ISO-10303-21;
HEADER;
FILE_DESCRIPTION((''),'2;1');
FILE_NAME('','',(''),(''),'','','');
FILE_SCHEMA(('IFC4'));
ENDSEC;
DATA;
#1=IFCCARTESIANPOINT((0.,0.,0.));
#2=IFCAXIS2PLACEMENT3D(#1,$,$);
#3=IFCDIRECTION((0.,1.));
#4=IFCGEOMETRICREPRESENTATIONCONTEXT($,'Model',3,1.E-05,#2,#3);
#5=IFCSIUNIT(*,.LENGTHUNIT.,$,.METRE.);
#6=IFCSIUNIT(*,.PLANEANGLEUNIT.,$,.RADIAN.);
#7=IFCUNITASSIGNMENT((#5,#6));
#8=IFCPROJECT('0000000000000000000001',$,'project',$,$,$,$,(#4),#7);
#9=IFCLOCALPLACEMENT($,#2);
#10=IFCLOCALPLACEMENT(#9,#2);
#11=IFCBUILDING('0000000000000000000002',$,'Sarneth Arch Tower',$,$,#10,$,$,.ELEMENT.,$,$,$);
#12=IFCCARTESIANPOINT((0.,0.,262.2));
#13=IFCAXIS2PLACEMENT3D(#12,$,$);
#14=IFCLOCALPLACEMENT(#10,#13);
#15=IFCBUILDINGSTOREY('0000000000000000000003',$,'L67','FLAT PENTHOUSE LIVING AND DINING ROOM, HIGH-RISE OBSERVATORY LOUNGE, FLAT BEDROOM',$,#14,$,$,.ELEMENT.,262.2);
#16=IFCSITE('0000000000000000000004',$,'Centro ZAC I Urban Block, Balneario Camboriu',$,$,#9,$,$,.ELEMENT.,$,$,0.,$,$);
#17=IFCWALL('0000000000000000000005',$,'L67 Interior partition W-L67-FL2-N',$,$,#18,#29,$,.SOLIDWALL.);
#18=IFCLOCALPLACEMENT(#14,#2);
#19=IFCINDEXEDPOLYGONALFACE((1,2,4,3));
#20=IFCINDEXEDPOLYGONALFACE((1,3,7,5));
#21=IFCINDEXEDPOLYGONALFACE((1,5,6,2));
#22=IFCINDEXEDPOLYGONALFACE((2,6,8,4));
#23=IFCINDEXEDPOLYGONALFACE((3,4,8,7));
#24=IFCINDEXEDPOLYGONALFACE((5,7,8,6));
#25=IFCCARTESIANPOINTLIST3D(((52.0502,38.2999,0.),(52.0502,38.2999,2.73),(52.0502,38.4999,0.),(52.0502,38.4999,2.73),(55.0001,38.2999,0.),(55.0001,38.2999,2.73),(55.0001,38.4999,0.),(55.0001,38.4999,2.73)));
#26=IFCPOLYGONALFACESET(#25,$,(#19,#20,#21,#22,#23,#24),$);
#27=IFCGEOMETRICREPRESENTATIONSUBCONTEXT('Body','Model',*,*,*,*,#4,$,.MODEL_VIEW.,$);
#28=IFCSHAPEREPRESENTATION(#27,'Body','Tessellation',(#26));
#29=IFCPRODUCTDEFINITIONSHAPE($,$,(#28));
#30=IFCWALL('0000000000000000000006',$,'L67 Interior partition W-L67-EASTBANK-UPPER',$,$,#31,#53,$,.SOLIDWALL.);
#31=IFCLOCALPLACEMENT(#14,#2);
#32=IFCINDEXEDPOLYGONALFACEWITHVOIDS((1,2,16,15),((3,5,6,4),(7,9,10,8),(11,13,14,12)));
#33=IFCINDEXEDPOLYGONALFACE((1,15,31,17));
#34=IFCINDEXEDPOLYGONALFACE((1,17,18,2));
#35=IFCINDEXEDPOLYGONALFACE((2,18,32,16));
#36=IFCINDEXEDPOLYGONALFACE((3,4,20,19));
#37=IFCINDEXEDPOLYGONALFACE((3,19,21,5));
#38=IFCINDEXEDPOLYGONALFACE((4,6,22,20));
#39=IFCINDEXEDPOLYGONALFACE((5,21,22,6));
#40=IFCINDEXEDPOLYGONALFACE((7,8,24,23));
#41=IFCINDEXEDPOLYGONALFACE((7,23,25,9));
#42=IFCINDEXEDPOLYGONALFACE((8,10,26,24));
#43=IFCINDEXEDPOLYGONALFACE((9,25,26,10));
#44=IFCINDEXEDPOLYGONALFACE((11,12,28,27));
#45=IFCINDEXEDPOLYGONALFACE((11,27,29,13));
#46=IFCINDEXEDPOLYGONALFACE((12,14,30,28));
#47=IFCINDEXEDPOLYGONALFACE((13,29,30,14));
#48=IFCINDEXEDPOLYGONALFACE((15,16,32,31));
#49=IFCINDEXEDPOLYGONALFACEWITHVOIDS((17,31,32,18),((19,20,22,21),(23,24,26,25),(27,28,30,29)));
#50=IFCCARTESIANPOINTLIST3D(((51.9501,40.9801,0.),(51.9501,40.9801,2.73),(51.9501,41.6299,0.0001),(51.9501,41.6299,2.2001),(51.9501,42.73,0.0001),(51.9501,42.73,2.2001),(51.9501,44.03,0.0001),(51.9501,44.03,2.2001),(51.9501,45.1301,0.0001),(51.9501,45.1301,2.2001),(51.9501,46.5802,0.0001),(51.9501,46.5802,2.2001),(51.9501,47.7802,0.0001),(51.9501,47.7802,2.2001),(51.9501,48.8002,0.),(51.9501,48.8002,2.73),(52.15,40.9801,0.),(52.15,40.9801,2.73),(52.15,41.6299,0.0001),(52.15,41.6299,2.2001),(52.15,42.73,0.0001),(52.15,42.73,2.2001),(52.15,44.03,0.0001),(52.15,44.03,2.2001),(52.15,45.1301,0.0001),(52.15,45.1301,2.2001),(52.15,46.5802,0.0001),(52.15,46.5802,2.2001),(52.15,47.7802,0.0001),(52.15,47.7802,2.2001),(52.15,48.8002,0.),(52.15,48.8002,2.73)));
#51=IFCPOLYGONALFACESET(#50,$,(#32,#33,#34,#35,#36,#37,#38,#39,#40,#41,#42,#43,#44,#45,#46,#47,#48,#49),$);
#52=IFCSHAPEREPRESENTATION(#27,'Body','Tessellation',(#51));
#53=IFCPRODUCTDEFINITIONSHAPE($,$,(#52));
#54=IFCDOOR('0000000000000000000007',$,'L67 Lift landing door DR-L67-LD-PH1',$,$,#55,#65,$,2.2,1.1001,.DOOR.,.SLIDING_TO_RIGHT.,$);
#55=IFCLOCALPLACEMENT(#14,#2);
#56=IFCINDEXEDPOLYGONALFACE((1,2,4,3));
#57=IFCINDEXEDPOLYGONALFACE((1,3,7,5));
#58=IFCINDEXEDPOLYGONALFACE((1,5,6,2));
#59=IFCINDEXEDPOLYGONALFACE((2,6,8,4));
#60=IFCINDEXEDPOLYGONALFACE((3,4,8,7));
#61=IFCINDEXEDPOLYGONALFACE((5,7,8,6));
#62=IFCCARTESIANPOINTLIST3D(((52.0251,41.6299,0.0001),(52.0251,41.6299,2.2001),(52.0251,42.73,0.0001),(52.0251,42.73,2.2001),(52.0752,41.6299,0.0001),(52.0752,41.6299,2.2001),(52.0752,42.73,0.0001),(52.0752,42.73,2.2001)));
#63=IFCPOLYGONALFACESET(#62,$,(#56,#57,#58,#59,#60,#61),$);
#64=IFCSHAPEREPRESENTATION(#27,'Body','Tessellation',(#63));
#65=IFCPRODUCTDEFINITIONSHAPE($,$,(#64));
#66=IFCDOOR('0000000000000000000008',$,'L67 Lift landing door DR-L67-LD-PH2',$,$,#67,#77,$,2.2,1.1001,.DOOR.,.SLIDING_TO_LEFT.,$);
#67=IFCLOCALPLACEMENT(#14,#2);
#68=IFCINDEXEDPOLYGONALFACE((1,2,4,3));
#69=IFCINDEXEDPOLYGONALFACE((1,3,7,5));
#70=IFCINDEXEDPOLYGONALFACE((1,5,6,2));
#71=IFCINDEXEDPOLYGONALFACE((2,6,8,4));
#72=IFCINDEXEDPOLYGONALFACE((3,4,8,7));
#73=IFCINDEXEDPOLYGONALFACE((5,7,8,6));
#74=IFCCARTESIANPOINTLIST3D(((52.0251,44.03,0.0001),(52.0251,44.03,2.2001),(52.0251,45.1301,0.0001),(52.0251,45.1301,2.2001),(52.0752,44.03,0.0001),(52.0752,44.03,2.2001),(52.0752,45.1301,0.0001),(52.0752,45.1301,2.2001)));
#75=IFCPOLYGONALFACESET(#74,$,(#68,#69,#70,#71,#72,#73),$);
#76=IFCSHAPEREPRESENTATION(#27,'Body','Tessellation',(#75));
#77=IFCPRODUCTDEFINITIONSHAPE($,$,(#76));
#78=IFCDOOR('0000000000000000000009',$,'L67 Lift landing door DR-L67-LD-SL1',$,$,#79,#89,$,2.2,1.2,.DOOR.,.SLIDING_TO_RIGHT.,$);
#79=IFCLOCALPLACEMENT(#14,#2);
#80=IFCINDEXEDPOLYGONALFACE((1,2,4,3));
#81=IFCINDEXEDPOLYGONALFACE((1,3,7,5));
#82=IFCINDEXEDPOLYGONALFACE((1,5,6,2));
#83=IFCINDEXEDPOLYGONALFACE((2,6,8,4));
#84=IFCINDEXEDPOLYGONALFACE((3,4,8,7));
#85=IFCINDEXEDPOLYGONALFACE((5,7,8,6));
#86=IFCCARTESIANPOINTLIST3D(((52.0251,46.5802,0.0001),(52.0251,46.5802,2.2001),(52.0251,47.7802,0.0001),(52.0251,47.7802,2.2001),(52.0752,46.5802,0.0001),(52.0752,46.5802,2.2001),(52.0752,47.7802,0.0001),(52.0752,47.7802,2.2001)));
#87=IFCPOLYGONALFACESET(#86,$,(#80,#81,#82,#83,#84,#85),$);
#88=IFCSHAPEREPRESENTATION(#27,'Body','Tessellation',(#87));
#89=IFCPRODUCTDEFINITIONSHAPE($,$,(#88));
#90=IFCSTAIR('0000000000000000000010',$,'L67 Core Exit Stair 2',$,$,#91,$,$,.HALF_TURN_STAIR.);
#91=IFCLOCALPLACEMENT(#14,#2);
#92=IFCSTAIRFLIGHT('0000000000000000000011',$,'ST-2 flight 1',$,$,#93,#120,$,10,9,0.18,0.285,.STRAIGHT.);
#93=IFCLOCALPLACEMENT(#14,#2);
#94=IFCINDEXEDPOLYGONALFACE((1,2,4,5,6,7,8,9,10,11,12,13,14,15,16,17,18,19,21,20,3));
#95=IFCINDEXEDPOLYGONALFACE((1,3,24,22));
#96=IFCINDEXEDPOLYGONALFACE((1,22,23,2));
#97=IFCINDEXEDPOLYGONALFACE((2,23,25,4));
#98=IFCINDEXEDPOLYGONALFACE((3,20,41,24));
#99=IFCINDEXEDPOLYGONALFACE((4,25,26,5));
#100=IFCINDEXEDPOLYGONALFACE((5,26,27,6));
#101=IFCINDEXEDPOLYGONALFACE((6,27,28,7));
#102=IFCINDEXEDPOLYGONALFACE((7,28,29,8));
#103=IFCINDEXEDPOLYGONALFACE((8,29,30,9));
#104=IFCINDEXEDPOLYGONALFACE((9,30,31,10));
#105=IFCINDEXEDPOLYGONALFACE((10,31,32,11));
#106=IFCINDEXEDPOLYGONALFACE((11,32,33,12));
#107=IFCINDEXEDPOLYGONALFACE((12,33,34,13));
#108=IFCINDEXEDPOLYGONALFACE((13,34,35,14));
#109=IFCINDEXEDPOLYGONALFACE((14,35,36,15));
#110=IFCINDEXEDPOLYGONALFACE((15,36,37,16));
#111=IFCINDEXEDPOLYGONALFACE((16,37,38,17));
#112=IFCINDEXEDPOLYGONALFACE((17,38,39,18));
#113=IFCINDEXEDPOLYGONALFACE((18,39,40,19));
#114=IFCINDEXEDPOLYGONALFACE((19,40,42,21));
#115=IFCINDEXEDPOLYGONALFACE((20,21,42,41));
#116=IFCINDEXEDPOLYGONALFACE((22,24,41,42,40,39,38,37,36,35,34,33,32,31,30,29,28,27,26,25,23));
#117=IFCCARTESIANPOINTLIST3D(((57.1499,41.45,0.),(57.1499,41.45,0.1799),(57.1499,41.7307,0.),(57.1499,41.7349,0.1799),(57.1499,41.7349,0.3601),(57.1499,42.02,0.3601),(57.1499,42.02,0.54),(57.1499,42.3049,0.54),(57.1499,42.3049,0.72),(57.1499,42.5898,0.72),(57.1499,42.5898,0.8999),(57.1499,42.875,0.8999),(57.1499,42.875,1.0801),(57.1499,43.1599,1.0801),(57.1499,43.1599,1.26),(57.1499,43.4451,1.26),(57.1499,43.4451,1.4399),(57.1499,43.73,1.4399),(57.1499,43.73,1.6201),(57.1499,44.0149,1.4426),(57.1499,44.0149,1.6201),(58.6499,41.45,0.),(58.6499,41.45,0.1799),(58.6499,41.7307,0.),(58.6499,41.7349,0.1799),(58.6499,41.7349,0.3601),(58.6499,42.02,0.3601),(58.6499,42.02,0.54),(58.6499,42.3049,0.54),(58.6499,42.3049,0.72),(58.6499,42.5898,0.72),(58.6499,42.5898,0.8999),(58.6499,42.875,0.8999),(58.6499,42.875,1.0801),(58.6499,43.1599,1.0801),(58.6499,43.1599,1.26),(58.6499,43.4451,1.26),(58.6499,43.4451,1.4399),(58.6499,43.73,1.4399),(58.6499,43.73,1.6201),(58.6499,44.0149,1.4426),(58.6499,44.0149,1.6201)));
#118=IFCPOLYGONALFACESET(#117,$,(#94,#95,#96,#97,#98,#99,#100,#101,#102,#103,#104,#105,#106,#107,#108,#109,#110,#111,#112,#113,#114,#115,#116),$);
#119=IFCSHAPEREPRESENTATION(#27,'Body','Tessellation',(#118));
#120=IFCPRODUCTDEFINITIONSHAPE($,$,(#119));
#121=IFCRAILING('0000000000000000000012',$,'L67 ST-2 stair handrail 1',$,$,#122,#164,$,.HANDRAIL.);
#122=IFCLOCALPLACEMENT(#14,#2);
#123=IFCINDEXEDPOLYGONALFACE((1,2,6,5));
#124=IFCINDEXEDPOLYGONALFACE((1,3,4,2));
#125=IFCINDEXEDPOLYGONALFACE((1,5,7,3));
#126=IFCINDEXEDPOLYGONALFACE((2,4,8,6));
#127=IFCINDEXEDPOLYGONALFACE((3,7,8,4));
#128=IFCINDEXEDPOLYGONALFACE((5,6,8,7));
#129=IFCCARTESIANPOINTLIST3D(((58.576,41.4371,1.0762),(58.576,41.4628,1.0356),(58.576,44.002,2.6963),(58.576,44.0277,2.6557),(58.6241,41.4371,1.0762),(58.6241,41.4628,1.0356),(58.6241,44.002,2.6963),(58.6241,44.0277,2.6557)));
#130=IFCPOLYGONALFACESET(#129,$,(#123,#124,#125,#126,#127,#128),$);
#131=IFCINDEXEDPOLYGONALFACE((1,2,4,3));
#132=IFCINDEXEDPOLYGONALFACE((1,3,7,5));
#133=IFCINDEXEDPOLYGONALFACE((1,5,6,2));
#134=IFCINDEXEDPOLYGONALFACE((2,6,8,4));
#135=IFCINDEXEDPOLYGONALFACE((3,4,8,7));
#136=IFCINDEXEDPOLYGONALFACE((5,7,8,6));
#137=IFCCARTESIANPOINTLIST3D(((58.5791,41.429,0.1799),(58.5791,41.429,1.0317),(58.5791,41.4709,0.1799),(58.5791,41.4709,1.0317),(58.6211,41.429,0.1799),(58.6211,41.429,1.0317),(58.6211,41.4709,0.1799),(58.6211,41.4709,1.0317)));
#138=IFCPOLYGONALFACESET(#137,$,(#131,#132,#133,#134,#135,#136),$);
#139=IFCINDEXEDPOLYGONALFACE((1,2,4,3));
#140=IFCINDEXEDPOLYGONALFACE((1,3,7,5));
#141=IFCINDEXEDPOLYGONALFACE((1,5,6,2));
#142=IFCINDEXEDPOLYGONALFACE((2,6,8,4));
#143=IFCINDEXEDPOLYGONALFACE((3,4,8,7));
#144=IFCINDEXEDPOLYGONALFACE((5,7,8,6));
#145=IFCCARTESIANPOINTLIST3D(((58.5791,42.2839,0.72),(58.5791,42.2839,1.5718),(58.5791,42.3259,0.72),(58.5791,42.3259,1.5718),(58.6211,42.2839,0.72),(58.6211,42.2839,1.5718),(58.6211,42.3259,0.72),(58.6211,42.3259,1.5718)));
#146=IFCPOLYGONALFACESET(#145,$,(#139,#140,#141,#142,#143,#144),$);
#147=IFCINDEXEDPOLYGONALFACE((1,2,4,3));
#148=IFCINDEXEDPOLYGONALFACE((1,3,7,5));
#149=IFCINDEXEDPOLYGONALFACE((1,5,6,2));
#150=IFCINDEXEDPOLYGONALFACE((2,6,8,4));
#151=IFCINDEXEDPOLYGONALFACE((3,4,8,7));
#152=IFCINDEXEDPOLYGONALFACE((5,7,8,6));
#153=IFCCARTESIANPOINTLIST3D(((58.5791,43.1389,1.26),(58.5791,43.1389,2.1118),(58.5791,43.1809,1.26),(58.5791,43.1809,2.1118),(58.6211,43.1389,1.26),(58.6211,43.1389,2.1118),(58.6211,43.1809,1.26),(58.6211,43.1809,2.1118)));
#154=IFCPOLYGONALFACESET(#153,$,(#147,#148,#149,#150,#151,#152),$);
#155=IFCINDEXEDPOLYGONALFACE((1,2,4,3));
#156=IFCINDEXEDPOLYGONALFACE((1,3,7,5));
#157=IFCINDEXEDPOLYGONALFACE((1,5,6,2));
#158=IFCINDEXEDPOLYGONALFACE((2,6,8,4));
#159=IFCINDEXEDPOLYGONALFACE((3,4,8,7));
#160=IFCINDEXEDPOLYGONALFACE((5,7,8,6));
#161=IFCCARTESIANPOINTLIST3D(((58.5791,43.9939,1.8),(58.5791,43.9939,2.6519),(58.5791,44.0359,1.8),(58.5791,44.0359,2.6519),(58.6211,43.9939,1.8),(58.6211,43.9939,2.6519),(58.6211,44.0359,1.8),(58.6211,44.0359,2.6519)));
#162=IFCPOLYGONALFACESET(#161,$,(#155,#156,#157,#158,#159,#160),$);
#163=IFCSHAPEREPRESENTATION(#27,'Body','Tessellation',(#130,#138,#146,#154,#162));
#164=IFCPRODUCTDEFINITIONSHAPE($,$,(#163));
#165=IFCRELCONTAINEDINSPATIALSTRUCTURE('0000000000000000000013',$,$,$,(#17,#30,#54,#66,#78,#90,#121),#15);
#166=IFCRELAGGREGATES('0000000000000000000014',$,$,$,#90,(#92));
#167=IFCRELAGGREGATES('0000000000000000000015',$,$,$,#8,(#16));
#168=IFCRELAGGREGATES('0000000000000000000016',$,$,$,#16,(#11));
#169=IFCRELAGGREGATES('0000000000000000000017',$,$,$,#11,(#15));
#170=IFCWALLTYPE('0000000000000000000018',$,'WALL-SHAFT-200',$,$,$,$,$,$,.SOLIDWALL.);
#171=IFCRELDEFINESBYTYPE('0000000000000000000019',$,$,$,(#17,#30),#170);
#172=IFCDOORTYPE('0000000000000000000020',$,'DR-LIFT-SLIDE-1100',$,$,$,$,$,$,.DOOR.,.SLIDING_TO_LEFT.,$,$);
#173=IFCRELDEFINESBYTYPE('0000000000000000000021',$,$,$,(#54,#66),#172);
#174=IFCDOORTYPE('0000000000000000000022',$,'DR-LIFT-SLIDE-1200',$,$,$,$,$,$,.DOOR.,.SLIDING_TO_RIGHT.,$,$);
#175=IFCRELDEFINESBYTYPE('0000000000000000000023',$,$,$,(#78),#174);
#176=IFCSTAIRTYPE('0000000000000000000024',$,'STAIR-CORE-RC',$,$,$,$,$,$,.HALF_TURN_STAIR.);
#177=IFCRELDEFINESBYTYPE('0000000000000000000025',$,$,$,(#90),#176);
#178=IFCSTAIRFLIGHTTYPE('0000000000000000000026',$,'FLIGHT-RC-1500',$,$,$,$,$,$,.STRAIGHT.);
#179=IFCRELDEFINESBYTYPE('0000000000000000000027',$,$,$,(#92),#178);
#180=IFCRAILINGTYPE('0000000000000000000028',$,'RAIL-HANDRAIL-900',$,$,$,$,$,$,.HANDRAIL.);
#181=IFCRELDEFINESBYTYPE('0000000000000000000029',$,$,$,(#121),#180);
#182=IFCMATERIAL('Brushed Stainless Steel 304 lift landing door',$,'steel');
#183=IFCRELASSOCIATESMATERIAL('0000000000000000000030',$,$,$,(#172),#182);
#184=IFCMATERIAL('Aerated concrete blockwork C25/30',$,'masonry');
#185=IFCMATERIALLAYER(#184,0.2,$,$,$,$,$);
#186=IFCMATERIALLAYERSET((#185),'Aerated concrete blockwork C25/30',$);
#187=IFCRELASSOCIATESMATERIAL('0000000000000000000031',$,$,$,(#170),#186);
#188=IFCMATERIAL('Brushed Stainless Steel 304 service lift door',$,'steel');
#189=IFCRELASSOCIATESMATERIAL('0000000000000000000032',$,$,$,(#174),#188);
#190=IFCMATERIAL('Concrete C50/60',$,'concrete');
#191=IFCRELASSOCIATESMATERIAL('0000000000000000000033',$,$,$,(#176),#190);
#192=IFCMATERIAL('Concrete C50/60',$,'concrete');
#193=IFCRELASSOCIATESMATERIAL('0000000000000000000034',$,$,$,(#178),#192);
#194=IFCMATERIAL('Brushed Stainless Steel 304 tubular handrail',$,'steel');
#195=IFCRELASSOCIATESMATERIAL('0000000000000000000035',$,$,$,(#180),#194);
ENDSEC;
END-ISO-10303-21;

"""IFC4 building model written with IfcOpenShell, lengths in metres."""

from ifc_helpers import new_model, si_unit, direction, frame, frame_2d, origin, origin_2d, place, context, subcontext, project, spatial, polyline, rectangle, outline, extrude, material, layer, layer_set, type_object, element, fill, aggregate, save


model = new_model("IFC4")

# Units and contexts
model_context = context("Model", 3, precision=1e-05, world=origin(), true_north=direction((0.0, 1.0)))
body_context = subcontext(model_context, "Body", "Model", "MODEL_VIEW")
ifc_project = project(units=[si_unit("LENGTHUNIT", "METRE"), si_unit("PLANEANGLEUNIT", "RADIAN")], contexts=[model_context])

# Site, building, storey
site_placement = place(None, origin())
site = spatial("IfcSite", under=ifc_project, at=site_placement, Name="Centro ZAC I Urban Block, Balneario Camboriu", CompositionType="ELEMENT", RefElevation=0.0)
building_placement = place(site_placement, origin())
building = spatial("IfcBuilding", under=site, at=building_placement, Name="Sarneth Arch Tower", CompositionType="ELEMENT")
storey_placement = place(building_placement, frame((0.0, 0.0, 262.2)))
storey = spatial("IfcBuildingStorey", under=building, at=storey_placement, Name="L67", Description="FLAT PENTHOUSE LIVING AND DINING ROOM, HIGH-RISE OBSERVATORY LOUNGE, FLAT BEDROOM", CompositionType="ELEMENT", Elevation=262.2)

# Shared definitions
ifc_material_1 = material(Name="Brushed Stainless Steel 304 lift landing door", Category="steel")
door_type_1 = type_object("IfcDoorType", Name="DR-LIFT-SLIDE-1100", OperationType="SLIDING_TO_LEFT", PredefinedType="DOOR", material=ifc_material_1)

# Shared definitions
ifc_material_2 = material(Name="Aerated concrete blockwork C25/30", Category="masonry")
ifc_layer_1 = layer(ifc_material_2, 0.2)
ifc_layer_set_1 = layer_set([ifc_layer_1], Name="Aerated concrete blockwork C25/30")
wall_type_1 = type_object("IfcWallType", Name="WALL-SHAFT-200", PredefinedType="SOLIDWALL", material=ifc_layer_set_1)

# Wall
wall_1_placement = place(storey_placement, frame((52.05, 38.3999, 0.0), z_axis=(0.0, 0.0, 1.0), x_axis=(1.0, 0.0, 0.0)))
element("IfcWall", 1, at=wall_1_placement, inside=storey, type_object=wall_type_1, Name="L67 Interior partition W-L67-FL2-N", PredefinedType="SOLIDWALL", context=body_context, shape_type="SweptSolid", body=[
    extrude(rectangle(XDim=2.95, YDim=0.2, at=frame_2d((1.4751, 0.0))), origin(), (0.0, 0.0, 1.0), 2.73),
])

# Wall, openings, doors
wall_2_placement = place(storey_placement, frame((52.05, 40.98, 0.0), z_axis=(0.0, 0.0, 1.0), x_axis=(0.0, 1.0, 0.0)))
wall_2 = element("IfcWall", 2, at=wall_2_placement, inside=storey, type_object=wall_type_1, Name="L67 Interior partition W-L67-EASTBANK-UPPER", PredefinedType="SOLIDWALL", context=body_context, shape_type="SweptSolid", body=[
    extrude(rectangle(XDim=7.8201, YDim=0.2, at=frame_2d((3.9102, 0.0))), origin(), (0.0, 0.0, 1.0), 2.73),
])
opening_1_placement = place(wall_2_placement, frame((0.6499, 0.0, 0.0)))
opening_1 = element("IfcOpeningElement", 3, at=opening_1_placement, cuts=wall_2, PredefinedType="OPENING", context=body_context, shape_type="SweptSolid", body=[
    extrude(rectangle(XDim=1.1001, YDim=2.2, at=frame_2d((0.55, 1.1001))), frame((0.0, 0.1099, 0.0), z_axis=(0.0, -1.0, 0.0), x_axis=(1.0, 0.0, 0.0)), (0.0, 0.0, 1.0), 0.22),
])
opening_2_placement = place(wall_2_placement, frame((3.05, 0.0, 0.0)))
opening_2 = element("IfcOpeningElement", 4, at=opening_2_placement, cuts=wall_2, PredefinedType="OPENING", context=body_context, shape_type="SweptSolid", body=[
    extrude(rectangle(XDim=1.1001, YDim=2.2, at=frame_2d((0.55, 1.1001))), frame((0.0, 0.1099, 0.0), z_axis=(0.0, -1.0, 0.0), x_axis=(1.0, 0.0, 0.0)), (0.0, 0.0, 1.0), 0.22),
])
opening_3_placement = place(wall_2_placement, frame((5.6001, 0.0, 0.0)))
opening_3 = element("IfcOpeningElement", 5, at=opening_3_placement, cuts=wall_2, PredefinedType="OPENING", context=body_context, shape_type="SweptSolid", body=[
    extrude(rectangle(XDim=1.2, YDim=2.2, at=frame_2d((0.6001, 1.1001))), frame((0.0, 0.1099, 0.0), z_axis=(0.0, -1.0, 0.0), x_axis=(1.0, 0.0, 0.0)), (0.0, 0.0, 1.0), 0.22),
])
door_1_placement = place(opening_1_placement, origin())
door_1 = element("IfcDoor", 6, at=door_1_placement, inside=storey, type_object=door_type_1, Name="L67 Lift landing door DR-L67-LD-PH1", OperationType="SLIDING_TO_RIGHT", OverallHeight=2.2, OverallWidth=1.1001, PredefinedType="DOOR", context=body_context, shape_type="SweptSolid", body=[
    extrude(rectangle(XDim=1.1001, YDim=2.2, at=frame_2d((0.55, 1.1001))), frame((0.0, 0.0249, 0.0), z_axis=(0.0, -1.0, 0.0), x_axis=(1.0, 0.0, 0.0)), (0.0, 0.0, 1.0), 0.05),
])
fill(opening_1, door_1)
door_2_placement = place(opening_2_placement, origin())
door_2 = element("IfcDoor", 7, at=door_2_placement, inside=storey, type_object=door_type_1, Name="L67 Lift landing door DR-L67-LD-PH2", OperationType="SLIDING_TO_LEFT", OverallHeight=2.2, OverallWidth=1.1001, PredefinedType="DOOR", context=body_context, shape_type="SweptSolid", body=[
    extrude(rectangle(XDim=1.1001, YDim=2.2, at=frame_2d((0.55, 1.1001))), frame((0.0, 0.0249, 0.0), z_axis=(0.0, -1.0, 0.0), x_axis=(1.0, 0.0, 0.0)), (0.0, 0.0, 1.0), 0.05),
])
fill(opening_2, door_2)
ifc_material_3 = material(Name="Brushed Stainless Steel 304 service lift door", Category="steel")
door_type_2 = type_object("IfcDoorType", Name="DR-LIFT-SLIDE-1200", OperationType="SLIDING_TO_RIGHT", PredefinedType="DOOR", material=ifc_material_3)
door_3_placement = place(opening_3_placement, origin())
door_3 = element("IfcDoor", 8, at=door_3_placement, inside=storey, type_object=door_type_2, Name="L67 Lift landing door DR-L67-LD-SL1", OperationType="SLIDING_TO_RIGHT", OverallHeight=2.2, OverallWidth=1.2, PredefinedType="DOOR", context=body_context, shape_type="SweptSolid", body=[
    extrude(rectangle(XDim=1.2, YDim=2.2, at=frame_2d((0.6001, 1.1001))), frame((0.0, 0.0249, 0.0), z_axis=(0.0, -1.0, 0.0), x_axis=(1.0, 0.0, 0.0)), (0.0, 0.0, 1.0), 0.05),
])
fill(opening_3, door_3)

# Stair, stair flight
ifc_material_4 = material(Name="Concrete C50/60", Category="concrete")
stair_type = type_object("IfcStairType", Name="STAIR-CORE-RC", PredefinedType="HALF_TURN_STAIR", material=ifc_material_4)
stair_placement = place(storey_placement, origin())
stair = element("IfcStair", 9, at=stair_placement, inside=storey, type_object=stair_type, Name="L67 Core Exit Stair 2", PredefinedType="HALF_TURN_STAIR")
ifc_material_5 = material(Name="Concrete C50/60", Category="concrete")
stair_flight_type = type_object("IfcStairFlightType", Name="FLIGHT-RC-1500", PredefinedType="STRAIGHT", material=ifc_material_5)
stair_flight_placement = place(storey_placement, frame((57.8999, 41.45, 0.0), z_axis=(0.0, 0.0, 1.0), x_axis=(0.0, 1.0, 0.0)))
stair_flight = element("IfcStairFlight", 10, at=stair_flight_placement, type_object=stair_flight_type, Name="ST-2 flight 1", NumberOfRisers=10, NumberOfTreads=9, PredefinedType="STRAIGHT", RiserHeight=0.18, TreadLength=0.285, context=body_context, shape_type="SweptSolid", body=[
    extrude(outline(polyline([(0.0, 0.0), (0.0, 0.1799), (0.2849, 0.1799), (0.2849, 0.3601), (0.5701, 0.3601), (0.5701, 0.54), (0.855, 0.54), (0.855, 0.72), (1.1399, 0.72), (1.1399, 0.8999), (1.425, 0.8999), (1.425, 1.0801), (1.71, 1.0801), (1.71, 1.26), (1.9951, 1.26), (1.9951, 1.4399), (2.28, 1.4399), (2.28, 1.6201), (2.5649, 1.6201), (2.5649, 1.8), (2.5649, 1.4426), (0.2808, 0.0), (0.0, 0.0)])), frame((0.0, 0.75, 0.0), z_axis=(0.0, -1.0, 0.0), x_axis=(1.0, 0.0, 0.0)), (0.0, 0.0, 1.0), 1.5),
])
aggregate(stair, [stair_flight])

# Railing
ifc_material_6 = material(Name="Brushed Stainless Steel 304 tubular handrail", Category="steel")
railing_type_1 = type_object("IfcRailingType", Name="RAIL-HANDRAIL-900", PredefinedType="HANDRAIL", material=ifc_material_6)
railing_1_placement = place(storey_placement, frame((58.6001, 41.45, 0.1799)))
element("IfcRailing", 11, at=railing_1_placement, inside=storey, type_object=railing_type_1, Name="L67 ST-2 stair handrail 1", PredefinedType="HANDRAIL", context=body_context, shape_type="SweptSolid", body=[
    extrude(rectangle(XDim=0.0481, YDim=0.0481, at=origin_2d()), frame((0.0, 0.0, 0.876), z_axis=(0.0, 0.845466, 0.534029), x_axis=(-1.0, 0.0, 0.0)), (0.0, 0.0, 1.0), 3.0337),
    extrude(rectangle(XDim=0.042, YDim=0.042, at=origin_2d()), origin(), (0.0, 0.0, 1.0), 0.8518),
    extrude(rectangle(XDim=0.042, YDim=0.042, at=origin_2d()), frame((0.0, 0.855, 0.54)), (0.0, 0.0, 1.0), 0.8518),
    extrude(rectangle(XDim=0.042, YDim=0.042, at=origin_2d()), frame((0.0, 1.71, 1.0801)), (0.0, 0.0, 1.0), 0.8518),
    extrude(rectangle(XDim=0.042, YDim=0.042, at=origin_2d()), frame((0.0, 2.5649, 1.6201)), (0.0, 0.0, 1.0), 0.8518),
])

save(model, "model.ifc")
